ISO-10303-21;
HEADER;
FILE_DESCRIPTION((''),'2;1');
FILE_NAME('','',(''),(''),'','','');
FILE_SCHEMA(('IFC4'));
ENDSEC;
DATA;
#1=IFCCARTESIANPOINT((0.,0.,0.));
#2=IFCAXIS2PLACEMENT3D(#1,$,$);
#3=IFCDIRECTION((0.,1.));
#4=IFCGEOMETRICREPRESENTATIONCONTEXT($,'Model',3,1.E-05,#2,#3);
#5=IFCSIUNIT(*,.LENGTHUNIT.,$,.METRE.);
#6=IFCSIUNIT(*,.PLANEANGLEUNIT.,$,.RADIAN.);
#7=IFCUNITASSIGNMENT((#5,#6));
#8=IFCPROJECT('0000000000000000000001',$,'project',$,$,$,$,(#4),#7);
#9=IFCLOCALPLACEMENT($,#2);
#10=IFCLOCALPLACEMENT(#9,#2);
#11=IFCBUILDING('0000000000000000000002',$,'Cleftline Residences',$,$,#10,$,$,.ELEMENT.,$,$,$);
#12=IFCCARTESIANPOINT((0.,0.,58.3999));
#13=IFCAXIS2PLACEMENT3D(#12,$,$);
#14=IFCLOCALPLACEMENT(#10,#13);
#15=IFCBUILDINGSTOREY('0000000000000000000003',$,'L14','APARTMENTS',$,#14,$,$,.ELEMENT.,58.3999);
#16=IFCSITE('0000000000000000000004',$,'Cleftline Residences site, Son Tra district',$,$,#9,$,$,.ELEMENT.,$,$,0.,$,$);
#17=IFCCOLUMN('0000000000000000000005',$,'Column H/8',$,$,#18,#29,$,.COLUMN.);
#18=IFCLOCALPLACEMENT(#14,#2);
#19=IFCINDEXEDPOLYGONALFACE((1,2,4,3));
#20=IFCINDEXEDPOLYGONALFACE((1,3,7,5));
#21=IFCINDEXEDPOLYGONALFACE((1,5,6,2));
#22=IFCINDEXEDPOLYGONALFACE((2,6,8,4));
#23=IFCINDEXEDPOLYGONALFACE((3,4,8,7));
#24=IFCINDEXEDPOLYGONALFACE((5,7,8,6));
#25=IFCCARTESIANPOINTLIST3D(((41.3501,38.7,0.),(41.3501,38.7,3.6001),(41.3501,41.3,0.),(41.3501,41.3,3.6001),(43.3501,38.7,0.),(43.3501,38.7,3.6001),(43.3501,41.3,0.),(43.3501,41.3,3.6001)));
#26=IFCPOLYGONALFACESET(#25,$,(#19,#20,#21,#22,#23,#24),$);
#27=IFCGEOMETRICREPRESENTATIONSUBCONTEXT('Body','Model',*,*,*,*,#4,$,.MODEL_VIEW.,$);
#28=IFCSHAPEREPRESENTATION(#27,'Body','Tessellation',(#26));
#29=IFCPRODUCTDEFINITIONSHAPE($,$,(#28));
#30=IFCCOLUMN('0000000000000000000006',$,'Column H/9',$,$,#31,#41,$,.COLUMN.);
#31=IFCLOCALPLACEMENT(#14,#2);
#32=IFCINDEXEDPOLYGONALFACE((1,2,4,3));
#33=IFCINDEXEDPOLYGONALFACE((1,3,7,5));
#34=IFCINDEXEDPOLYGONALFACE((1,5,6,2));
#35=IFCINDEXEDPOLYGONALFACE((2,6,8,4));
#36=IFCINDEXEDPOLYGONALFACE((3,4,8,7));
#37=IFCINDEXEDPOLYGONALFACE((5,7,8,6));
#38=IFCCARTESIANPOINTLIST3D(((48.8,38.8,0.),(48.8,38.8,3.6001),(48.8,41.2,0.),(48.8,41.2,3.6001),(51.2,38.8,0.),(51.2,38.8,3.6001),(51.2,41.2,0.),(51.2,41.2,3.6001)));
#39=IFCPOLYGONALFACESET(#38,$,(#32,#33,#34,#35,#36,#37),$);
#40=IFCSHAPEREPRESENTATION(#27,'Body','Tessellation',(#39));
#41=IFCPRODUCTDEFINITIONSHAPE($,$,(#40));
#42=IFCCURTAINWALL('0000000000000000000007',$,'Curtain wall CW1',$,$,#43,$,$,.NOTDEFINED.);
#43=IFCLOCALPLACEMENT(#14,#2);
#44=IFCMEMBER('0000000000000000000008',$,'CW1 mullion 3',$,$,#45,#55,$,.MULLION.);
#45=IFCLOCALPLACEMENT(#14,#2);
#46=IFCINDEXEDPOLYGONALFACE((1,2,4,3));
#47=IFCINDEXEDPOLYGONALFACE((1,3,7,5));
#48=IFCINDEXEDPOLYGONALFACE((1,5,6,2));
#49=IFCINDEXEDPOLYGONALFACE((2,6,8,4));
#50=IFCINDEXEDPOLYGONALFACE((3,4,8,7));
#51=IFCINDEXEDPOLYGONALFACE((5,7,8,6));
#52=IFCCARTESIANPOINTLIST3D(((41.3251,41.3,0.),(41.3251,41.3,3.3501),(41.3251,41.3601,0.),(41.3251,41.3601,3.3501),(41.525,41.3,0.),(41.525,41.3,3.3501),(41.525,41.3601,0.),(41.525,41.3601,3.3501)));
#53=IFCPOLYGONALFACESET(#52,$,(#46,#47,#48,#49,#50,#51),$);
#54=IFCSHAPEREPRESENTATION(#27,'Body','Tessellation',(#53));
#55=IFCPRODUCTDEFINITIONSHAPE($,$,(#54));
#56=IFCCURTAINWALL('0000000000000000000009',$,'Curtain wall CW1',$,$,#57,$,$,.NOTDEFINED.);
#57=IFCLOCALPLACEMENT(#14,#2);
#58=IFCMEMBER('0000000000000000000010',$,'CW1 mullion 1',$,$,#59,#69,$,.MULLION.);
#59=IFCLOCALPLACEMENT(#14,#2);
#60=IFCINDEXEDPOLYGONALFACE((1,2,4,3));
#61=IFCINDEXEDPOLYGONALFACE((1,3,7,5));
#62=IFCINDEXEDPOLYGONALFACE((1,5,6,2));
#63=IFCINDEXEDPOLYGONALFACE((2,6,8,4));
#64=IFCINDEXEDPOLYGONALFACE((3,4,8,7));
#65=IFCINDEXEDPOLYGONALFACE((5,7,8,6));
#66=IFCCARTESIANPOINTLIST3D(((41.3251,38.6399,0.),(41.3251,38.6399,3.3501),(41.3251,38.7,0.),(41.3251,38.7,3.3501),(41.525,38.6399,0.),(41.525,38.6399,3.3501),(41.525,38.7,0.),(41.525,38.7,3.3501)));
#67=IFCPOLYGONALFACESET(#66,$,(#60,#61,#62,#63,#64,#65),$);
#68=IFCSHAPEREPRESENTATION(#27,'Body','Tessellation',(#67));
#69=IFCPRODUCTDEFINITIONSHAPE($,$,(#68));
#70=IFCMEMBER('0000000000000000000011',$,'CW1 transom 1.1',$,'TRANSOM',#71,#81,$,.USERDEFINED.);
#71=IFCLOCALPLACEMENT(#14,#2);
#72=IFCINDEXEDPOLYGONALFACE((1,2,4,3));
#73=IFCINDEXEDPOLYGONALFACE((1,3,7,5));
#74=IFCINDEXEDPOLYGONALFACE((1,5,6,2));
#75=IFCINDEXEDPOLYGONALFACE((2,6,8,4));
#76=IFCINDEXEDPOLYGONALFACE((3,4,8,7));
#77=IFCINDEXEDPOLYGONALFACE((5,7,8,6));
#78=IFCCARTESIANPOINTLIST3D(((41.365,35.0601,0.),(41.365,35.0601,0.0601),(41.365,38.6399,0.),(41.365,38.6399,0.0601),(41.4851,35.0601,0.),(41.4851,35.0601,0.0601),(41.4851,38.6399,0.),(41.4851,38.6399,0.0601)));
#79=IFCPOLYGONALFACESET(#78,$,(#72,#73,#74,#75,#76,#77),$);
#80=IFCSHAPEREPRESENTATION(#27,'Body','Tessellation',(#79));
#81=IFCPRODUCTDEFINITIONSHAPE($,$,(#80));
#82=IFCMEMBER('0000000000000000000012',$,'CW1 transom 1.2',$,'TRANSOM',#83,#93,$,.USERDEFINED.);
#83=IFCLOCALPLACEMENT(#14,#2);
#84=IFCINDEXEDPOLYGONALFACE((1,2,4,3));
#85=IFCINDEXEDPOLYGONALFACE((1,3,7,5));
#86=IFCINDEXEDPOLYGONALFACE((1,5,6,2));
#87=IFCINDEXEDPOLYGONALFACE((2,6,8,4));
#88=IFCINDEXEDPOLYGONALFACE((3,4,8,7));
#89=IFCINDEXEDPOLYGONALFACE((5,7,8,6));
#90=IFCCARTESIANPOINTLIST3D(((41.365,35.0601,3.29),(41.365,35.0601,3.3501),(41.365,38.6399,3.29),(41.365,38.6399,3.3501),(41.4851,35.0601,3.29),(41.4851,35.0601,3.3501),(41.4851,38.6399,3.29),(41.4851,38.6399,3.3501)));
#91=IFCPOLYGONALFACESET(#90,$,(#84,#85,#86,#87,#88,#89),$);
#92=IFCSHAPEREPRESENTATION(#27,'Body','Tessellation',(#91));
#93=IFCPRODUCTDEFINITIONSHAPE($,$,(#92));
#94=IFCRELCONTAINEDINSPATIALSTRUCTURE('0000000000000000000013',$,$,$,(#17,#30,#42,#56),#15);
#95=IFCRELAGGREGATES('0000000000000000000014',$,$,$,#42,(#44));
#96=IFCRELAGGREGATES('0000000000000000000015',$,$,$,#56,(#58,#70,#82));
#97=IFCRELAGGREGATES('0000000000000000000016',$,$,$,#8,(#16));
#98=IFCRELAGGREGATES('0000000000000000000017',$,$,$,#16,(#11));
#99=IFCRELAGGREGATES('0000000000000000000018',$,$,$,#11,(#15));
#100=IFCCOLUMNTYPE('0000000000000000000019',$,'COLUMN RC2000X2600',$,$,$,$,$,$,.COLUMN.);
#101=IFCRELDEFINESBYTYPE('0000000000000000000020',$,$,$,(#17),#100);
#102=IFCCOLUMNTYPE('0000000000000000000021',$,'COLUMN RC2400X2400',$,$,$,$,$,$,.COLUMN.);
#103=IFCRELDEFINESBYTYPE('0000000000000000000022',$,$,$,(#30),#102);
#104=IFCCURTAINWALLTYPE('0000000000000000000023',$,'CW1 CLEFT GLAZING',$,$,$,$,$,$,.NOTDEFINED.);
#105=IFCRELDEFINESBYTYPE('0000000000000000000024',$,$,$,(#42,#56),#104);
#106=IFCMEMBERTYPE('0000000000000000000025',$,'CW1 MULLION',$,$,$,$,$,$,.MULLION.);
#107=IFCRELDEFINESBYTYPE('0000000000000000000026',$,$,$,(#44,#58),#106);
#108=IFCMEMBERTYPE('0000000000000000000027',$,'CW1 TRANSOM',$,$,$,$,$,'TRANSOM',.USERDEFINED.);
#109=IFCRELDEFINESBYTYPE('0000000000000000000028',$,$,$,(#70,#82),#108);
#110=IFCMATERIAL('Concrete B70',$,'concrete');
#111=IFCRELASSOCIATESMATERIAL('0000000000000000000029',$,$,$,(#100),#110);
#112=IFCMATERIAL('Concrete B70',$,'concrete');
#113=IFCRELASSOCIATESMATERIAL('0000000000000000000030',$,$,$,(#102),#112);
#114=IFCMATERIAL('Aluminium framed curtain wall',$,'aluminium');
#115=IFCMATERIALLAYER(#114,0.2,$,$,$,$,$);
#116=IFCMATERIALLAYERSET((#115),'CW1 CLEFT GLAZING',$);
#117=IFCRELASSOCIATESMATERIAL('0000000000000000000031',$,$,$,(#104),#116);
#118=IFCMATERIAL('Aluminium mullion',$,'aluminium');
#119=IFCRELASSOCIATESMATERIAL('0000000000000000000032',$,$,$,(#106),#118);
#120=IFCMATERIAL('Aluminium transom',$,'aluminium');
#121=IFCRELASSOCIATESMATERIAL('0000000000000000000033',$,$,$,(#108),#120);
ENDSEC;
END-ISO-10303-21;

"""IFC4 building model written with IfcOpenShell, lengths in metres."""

from ifc_helpers import new_model, si_unit, direction, frame, origin, origin_2d, place, context, subcontext, project, spatial, rectangle, extrude, material, layer, layer_set, material_profile, profile_set, type_object, element, aggregate, save


model = new_model("IFC4")

# Units and contexts
model_context = context("Model", 3, precision=1e-05, world=origin(), true_north=direction((0.0, 1.0)))
body_context = subcontext(model_context, "Body", "Model", "MODEL_VIEW")
ifc_project = project(units=[si_unit("LENGTHUNIT", "METRE"), si_unit("PLANEANGLEUNIT", "RADIAN")], contexts=[model_context])

# Site, building, storey
site_placement = place(None, origin())
site = spatial("IfcSite", under=ifc_project, at=site_placement, Name="Cleftline Residences site, Son Tra district", CompositionType="ELEMENT", RefElevation=0.0)
building_placement = place(site_placement, origin())
building = spatial("IfcBuilding", under=site, at=building_placement, Name="Cleftline Residences", CompositionType="ELEMENT")
storey_placement = place(building_placement, frame((0.0, 0.0, 58.3999)))
storey = spatial("IfcBuildingStorey", under=building, at=storey_placement, Name="L14", Description="APARTMENTS", CompositionType="ELEMENT", Elevation=58.3999)

# Columns
ifc_material_1 = material(Name="Concrete B70", Category="concrete")
ifc_material_profile_1 = material_profile(ifc_material_1, rectangle(XDim=2.0, YDim=2.6001, at=origin_2d()))
ifc_profile_set_1 = profile_set([ifc_material_profile_1], Name="Concrete B70")
column_type_1 = type_object("IfcColumnType", Name="COLUMN RC2000X2600", PredefinedType="COLUMN", material=ifc_profile_set_1)
column_1_placement = place(storey_placement, frame((42.3501, 40.0, 0.0), z_axis=(0.0, 0.0, 1.0), x_axis=(1.0, 0.0, 0.0)))
element("IfcColumn", 1, at=column_1_placement, inside=storey, type_object=column_type_1, Name="Column H/8", PredefinedType="COLUMN", context=body_context, shape_type="SweptSolid", body=[
    extrude(rectangle(XDim=2.0, YDim=2.6001, at=origin_2d()), origin(), (0.0, 0.0, 1.0), 3.6001),
])
ifc_material_2 = material(Name="Concrete B70", Category="concrete")
ifc_material_profile_2 = material_profile(ifc_material_2, rectangle(XDim=2.3999, YDim=2.3999, at=origin_2d()))
ifc_profile_set_2 = profile_set([ifc_material_profile_2], Name="Concrete B70")
column_type_2 = type_object("IfcColumnType", Name="COLUMN RC2400X2400", PredefinedType="COLUMN", material=ifc_profile_set_2)
column_2_placement = place(storey_placement, frame((50.0, 40.0, 0.0), z_axis=(0.0, 0.0, 1.0), x_axis=(1.0, 0.0, 0.0)))
element("IfcColumn", 2, at=column_2_placement, inside=storey, type_object=column_type_2, Name="Column H/9", PredefinedType="COLUMN", context=body_context, shape_type="SweptSolid", body=[
    extrude(rectangle(XDim=2.3999, YDim=2.3999, at=origin_2d()), origin(), (0.0, 0.0, 1.0), 3.6001),
])

# Curtain wall, member
ifc_material_3 = material(Name="Aluminium framed curtain wall", Category="aluminium")
ifc_layer_1 = layer(ifc_material_3, 0.2)
ifc_layer_set_1 = layer_set([ifc_layer_1], Name="CW1 CLEFT GLAZING")
curtain_wall_type = type_object("IfcCurtainWallType", Name="CW1 CLEFT GLAZING", PredefinedType="NOTDEFINED", material=ifc_layer_set_1)
curtain_wall_1_placement = place(storey_placement, origin())
curtain_wall_1 = element("IfcCurtainWall", 3, at=curtain_wall_1_placement, inside=storey, type_object=curtain_wall_type, Name="Curtain wall CW1", PredefinedType="NOTDEFINED")
ifc_material_4 = material(Name="Aluminium mullion", Category="aluminium")
ifc_material_profile_3 = material_profile(ifc_material_4, rectangle(XDim=0.2, YDim=0.0601, at=origin_2d()))
ifc_profile_set_3 = profile_set([ifc_material_profile_3], Name="Aluminium mullion")
member_type_1 = type_object("IfcMemberType", Name="CW1 MULLION", PredefinedType="MULLION", material=ifc_profile_set_3)
member_1_placement = place(storey_placement, frame((41.425, 41.3301, 0.0), z_axis=(0.0, 0.0, 1.0), x_axis=(1.0, 0.0, 0.0)))
member_1 = element("IfcMember", 4, at=member_1_placement, type_object=member_type_1, Name="CW1 mullion 3", PredefinedType="MULLION", context=body_context, shape_type="SweptSolid", body=[
    extrude(rectangle(XDim=0.2, YDim=0.0601, at=origin_2d()), origin(), (0.0, 0.0, 1.0), 3.3501),
])
aggregate(curtain_wall_1, [member_1])

# Curtain wall, members
curtain_wall_2_placement = place(storey_placement, origin())
curtain_wall_2 = element("IfcCurtainWall", 5, at=curtain_wall_2_placement, inside=storey, type_object=curtain_wall_type, Name="Curtain wall CW1", PredefinedType="NOTDEFINED")
member_2_placement = place(storey_placement, frame((41.425, 38.6699, 0.0), z_axis=(0.0, 0.0, 1.0), x_axis=(1.0, 0.0, 0.0)))
member_2 = element("IfcMember", 6, at=member_2_placement, type_object=member_type_1, Name="CW1 mullion 1", PredefinedType="MULLION", context=body_context, shape_type="SweptSolid", body=[
    extrude(rectangle(XDim=0.2, YDim=0.0601, at=origin_2d()), origin(), (0.0, 0.0, 1.0), 3.3501),
])
ifc_material_5 = material(Name="Aluminium transom", Category="aluminium")
ifc_material_profile_4 = material_profile(ifc_material_5, rectangle(XDim=0.1201, YDim=0.0601, at=origin_2d()))
ifc_profile_set_4 = profile_set([ifc_material_profile_4], Name="Aluminium transom")
member_type_2 = type_object("IfcMemberType", Name="CW1 TRANSOM", ElementType="TRANSOM", PredefinedType="USERDEFINED", material=ifc_profile_set_4)
member_3_placement = place(storey_placement, frame((41.425, 38.6399, 0.03), z_axis=(0.0, -1.0, 0.0), x_axis=(1.0, 0.0, 0.0)))
member_3 = element("IfcMember", 7, at=member_3_placement, type_object=member_type_2, Name="CW1 transom 1.1", ObjectType="TRANSOM", PredefinedType="USERDEFINED", context=body_context, shape_type="SweptSolid", body=[
    extrude(rectangle(XDim=0.1201, YDim=0.0601, at=origin_2d()), origin(), (0.0, 0.0, 1.0), 3.5798),
])
member_4_placement = place(storey_placement, frame((41.425, 38.6399, 3.3201), z_axis=(0.0, -1.0, 0.0), x_axis=(1.0, 0.0, 0.0)))
member_4 = element("IfcMember", 8, at=member_4_placement, type_object=member_type_2, Name="CW1 transom 1.2", ObjectType="TRANSOM", PredefinedType="USERDEFINED", context=body_context, shape_type="SweptSolid", body=[
    extrude(rectangle(XDim=0.1201, YDim=0.0601, at=origin_2d()), origin(), (0.0, 0.0, 1.0), 3.5798),
])
aggregate(curtain_wall_2, [member_2, member_3, member_4])

save(model, "model.ifc")
